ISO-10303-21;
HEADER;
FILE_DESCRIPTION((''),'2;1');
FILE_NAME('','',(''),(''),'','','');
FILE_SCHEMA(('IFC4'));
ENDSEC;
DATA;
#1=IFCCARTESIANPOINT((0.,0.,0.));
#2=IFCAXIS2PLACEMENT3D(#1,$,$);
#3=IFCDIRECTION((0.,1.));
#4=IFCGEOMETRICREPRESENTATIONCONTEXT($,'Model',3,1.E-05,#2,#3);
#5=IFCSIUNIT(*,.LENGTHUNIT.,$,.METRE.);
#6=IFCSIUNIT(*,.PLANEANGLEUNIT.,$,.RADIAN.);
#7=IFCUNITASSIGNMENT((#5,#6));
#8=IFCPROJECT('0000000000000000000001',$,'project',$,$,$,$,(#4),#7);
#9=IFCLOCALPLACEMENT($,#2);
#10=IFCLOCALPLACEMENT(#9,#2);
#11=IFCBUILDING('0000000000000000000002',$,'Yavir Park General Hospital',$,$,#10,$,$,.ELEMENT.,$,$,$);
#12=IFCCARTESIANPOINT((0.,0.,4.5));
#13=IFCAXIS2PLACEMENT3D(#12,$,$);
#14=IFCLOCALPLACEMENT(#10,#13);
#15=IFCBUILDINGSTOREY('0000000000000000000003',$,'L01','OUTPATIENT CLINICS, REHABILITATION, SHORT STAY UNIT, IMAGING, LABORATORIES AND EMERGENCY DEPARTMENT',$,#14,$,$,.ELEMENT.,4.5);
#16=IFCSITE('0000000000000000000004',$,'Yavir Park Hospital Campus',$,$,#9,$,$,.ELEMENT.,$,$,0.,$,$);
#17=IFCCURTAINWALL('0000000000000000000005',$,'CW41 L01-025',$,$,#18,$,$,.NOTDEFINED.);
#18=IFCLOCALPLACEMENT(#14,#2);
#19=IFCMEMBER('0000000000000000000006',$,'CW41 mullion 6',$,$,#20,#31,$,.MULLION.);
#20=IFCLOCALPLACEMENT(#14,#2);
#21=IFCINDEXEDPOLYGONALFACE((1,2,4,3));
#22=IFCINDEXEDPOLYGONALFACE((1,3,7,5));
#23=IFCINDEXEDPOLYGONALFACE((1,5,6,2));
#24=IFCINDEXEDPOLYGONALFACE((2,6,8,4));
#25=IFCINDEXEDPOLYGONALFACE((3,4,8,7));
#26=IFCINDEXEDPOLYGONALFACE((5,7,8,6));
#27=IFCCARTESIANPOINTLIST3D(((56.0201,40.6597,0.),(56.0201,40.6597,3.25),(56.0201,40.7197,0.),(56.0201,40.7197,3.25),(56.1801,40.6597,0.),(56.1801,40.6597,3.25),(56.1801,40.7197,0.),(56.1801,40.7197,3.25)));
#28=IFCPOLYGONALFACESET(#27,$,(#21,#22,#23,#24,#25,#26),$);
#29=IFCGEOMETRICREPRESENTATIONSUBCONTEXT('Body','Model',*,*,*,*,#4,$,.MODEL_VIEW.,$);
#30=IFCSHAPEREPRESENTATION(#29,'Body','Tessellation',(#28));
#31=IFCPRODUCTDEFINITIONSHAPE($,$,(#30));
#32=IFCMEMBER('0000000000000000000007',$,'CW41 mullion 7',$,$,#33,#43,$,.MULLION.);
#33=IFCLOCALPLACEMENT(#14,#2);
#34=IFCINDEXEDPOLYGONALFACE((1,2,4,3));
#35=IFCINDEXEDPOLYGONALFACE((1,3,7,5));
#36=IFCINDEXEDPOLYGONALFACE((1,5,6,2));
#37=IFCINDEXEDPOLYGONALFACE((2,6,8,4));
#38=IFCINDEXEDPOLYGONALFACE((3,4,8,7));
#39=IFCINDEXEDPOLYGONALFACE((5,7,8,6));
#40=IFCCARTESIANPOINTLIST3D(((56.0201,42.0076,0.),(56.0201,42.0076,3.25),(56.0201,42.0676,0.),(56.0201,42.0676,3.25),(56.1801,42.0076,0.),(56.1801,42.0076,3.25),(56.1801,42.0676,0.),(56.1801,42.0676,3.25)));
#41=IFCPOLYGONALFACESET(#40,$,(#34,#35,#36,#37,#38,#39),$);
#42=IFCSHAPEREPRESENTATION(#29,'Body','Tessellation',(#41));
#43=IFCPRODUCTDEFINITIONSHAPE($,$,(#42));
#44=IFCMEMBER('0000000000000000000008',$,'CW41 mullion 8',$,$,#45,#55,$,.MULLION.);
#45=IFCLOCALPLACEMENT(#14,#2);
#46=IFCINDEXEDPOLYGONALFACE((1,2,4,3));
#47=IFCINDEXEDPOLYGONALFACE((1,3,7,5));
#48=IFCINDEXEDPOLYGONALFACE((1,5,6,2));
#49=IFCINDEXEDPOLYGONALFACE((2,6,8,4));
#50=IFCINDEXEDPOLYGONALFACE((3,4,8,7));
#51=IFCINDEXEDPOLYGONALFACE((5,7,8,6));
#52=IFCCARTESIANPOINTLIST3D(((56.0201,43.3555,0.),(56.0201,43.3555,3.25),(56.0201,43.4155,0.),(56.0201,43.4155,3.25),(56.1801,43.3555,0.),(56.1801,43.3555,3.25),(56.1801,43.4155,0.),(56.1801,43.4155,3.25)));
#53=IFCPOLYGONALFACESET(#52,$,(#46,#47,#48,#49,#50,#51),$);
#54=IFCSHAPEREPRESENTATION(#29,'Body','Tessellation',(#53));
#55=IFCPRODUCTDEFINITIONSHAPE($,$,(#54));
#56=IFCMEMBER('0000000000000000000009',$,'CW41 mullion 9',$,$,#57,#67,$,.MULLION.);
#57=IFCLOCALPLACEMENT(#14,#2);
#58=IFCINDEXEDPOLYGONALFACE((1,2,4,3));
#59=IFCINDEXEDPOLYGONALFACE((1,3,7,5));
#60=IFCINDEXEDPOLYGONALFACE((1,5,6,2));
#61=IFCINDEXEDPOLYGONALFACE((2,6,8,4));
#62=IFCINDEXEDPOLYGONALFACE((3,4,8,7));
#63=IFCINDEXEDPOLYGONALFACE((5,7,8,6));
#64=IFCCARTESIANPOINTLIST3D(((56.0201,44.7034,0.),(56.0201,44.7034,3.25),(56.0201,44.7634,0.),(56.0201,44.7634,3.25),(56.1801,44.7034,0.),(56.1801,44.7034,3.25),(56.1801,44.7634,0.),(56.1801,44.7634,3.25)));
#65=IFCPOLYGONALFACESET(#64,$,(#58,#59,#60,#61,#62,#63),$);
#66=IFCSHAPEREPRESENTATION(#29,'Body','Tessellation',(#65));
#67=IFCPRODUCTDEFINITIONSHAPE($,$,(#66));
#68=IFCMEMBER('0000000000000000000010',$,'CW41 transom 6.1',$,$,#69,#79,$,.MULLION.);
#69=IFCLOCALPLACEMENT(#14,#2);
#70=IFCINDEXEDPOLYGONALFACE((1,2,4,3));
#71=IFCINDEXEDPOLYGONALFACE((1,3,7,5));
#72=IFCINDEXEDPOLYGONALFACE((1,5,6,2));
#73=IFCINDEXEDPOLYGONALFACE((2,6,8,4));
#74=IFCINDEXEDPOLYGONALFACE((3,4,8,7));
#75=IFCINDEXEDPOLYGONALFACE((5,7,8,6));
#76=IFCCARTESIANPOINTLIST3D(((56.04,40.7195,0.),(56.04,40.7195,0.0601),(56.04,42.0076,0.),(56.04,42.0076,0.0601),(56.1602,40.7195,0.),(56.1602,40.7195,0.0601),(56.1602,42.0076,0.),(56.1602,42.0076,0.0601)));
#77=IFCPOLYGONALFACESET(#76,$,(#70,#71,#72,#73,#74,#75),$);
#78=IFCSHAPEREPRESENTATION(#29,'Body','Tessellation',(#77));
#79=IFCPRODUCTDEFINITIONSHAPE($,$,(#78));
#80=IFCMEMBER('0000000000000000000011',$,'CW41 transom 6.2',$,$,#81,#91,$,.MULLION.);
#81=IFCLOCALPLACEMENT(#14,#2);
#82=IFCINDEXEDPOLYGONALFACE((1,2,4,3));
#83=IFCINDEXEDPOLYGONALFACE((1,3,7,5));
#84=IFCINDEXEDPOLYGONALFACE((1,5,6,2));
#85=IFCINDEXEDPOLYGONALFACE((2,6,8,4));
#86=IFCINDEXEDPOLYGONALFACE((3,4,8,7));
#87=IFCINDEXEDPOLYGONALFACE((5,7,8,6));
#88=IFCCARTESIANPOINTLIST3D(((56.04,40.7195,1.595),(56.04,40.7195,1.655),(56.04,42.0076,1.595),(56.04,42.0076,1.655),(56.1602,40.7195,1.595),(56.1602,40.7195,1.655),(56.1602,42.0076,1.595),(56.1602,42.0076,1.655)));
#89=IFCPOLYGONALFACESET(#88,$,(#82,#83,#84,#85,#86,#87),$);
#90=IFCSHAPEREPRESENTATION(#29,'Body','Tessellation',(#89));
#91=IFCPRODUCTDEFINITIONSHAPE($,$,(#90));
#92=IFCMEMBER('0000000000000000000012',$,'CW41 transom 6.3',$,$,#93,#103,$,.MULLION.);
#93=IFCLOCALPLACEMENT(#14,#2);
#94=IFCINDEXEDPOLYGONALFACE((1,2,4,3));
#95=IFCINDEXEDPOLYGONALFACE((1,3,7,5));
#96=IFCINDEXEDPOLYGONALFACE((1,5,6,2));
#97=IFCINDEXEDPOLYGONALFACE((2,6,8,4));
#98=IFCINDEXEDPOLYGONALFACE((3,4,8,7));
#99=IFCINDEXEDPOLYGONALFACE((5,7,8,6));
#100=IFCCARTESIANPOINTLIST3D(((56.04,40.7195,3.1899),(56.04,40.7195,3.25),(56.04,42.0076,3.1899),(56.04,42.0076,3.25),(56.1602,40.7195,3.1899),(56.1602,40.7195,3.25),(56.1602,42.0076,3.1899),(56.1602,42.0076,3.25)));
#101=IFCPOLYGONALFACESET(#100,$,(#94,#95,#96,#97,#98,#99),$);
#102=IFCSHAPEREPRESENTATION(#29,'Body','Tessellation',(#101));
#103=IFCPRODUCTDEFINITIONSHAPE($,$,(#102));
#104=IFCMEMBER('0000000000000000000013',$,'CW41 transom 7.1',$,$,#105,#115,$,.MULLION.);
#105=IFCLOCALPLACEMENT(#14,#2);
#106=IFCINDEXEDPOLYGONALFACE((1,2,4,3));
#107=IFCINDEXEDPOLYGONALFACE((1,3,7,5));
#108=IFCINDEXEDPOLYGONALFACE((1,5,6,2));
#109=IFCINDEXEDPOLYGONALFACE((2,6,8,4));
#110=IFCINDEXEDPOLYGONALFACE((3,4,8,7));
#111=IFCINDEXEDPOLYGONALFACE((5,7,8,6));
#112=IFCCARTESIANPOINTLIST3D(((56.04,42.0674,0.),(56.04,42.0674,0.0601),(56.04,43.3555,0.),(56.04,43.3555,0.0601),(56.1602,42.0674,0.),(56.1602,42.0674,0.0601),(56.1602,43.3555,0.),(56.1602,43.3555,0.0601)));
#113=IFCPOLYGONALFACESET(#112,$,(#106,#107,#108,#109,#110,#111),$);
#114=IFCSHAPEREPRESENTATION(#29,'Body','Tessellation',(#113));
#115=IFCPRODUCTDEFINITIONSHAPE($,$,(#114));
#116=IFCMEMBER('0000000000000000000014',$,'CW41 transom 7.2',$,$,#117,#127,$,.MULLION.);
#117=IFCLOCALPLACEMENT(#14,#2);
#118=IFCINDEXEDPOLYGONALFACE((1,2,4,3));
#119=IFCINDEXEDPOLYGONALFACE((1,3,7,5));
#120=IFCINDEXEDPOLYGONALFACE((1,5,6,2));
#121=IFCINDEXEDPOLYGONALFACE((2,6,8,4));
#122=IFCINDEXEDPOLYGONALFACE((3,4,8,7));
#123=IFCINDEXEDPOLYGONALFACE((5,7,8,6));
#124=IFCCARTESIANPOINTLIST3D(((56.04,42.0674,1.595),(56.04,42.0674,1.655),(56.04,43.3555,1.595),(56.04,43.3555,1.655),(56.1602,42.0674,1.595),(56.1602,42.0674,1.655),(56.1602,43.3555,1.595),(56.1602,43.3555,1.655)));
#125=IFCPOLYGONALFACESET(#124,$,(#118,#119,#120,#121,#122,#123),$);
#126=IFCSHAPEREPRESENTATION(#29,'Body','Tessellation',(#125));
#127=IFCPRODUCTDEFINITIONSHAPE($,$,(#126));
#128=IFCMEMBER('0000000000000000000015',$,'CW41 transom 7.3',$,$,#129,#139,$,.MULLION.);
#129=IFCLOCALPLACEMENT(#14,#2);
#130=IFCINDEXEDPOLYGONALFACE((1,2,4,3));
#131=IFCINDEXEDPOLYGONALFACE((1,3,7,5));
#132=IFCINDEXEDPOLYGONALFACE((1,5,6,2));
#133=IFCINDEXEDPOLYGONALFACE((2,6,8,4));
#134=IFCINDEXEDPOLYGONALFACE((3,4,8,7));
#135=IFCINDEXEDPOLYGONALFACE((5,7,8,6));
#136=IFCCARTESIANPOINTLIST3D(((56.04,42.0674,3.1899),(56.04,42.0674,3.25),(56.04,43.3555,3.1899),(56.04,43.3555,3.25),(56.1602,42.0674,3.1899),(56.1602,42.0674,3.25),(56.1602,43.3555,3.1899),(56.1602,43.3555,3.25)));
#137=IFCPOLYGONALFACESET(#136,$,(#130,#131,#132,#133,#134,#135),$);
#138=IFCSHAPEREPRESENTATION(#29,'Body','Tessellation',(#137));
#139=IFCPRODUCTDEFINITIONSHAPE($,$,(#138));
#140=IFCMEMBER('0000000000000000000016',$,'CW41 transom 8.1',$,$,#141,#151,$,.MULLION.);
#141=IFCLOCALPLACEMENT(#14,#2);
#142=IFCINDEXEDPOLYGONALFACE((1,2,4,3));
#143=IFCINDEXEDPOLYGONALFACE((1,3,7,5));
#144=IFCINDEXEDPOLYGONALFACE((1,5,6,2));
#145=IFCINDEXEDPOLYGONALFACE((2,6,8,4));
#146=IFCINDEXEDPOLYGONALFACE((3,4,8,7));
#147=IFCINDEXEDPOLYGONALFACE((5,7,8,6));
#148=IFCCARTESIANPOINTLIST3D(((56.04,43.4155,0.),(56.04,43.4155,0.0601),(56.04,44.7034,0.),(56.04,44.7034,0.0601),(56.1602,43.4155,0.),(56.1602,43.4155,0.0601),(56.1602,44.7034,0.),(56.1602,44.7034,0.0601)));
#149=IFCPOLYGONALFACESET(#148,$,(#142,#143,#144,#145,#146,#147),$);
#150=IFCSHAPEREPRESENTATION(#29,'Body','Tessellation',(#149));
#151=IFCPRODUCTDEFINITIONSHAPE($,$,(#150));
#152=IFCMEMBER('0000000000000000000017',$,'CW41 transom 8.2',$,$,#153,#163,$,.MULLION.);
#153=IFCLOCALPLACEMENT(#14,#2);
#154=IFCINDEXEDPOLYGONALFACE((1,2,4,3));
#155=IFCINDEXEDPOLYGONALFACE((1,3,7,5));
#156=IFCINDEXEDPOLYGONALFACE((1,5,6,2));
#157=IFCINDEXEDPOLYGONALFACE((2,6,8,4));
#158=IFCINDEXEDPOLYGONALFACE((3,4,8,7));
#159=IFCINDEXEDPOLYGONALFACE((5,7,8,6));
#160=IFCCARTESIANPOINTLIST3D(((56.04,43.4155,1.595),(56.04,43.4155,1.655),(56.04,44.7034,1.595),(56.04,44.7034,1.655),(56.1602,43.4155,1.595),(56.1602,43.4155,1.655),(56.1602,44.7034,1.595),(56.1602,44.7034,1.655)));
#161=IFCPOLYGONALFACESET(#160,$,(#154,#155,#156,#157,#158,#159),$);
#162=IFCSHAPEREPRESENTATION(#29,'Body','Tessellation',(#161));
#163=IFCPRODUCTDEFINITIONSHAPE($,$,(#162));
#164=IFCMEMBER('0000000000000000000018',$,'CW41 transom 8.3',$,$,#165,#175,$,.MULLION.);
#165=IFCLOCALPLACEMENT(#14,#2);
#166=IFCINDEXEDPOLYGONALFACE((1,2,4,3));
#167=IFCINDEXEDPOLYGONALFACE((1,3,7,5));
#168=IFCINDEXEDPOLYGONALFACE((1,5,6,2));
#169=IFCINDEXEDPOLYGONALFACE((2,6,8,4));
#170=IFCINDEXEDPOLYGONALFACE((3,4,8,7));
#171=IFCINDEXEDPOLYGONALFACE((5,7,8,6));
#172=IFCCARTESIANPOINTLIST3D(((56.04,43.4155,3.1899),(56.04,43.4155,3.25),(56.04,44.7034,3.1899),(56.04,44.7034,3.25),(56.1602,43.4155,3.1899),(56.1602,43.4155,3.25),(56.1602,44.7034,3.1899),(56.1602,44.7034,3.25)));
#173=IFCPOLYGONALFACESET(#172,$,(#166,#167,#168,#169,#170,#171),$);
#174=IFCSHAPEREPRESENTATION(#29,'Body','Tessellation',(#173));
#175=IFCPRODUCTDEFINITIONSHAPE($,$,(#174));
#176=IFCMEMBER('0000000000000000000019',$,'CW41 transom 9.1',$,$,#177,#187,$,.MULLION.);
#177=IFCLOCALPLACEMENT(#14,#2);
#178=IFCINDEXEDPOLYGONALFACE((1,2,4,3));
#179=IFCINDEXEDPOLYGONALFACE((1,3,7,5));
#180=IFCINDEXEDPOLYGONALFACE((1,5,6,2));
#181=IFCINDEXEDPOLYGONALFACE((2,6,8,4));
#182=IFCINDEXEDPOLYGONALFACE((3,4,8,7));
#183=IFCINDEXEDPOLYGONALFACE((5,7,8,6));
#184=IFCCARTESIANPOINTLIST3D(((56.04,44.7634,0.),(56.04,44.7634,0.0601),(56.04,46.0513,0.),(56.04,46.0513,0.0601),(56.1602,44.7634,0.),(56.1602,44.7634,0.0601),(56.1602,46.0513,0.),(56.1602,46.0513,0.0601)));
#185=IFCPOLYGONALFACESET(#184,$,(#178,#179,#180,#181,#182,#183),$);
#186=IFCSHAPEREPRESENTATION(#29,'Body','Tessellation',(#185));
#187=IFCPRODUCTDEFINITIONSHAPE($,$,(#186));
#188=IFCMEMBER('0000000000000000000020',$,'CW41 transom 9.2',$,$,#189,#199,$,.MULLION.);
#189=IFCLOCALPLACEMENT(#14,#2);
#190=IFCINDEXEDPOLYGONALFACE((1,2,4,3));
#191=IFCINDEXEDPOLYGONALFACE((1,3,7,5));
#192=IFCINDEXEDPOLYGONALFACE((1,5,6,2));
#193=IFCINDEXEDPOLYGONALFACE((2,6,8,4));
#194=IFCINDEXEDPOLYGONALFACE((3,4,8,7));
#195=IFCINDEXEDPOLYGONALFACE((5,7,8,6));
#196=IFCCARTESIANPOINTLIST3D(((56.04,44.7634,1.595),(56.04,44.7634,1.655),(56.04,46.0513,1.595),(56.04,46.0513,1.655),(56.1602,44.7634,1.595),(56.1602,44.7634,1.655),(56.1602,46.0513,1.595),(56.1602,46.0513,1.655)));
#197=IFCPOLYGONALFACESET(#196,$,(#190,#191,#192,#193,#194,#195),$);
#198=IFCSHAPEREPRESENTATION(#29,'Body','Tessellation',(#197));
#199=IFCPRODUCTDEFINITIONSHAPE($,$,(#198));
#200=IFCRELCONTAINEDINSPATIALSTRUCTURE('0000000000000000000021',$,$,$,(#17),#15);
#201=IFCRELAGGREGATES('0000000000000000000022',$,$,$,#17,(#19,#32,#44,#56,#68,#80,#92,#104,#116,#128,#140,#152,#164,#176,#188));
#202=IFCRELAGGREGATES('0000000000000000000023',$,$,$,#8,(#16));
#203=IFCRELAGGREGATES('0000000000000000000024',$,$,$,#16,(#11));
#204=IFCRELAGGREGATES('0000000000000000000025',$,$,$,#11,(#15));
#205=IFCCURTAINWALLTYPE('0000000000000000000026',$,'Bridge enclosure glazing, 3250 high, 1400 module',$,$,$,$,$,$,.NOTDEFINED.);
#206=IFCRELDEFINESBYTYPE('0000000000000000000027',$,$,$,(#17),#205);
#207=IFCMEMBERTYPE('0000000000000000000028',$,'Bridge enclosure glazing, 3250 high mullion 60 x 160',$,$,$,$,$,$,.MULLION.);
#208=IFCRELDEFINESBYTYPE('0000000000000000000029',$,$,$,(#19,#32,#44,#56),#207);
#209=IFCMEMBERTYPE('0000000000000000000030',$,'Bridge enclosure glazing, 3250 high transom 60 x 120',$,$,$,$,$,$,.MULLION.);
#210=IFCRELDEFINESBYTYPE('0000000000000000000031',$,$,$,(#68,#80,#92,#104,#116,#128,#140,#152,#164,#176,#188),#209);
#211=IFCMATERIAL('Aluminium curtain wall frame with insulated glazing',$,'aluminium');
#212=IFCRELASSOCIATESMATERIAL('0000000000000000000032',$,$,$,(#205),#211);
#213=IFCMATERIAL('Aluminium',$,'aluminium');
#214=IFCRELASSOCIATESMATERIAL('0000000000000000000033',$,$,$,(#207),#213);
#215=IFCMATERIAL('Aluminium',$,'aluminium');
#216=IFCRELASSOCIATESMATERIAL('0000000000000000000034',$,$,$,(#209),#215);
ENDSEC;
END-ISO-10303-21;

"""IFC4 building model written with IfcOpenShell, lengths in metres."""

from ifc_helpers import new_model, si_unit, direction, frame, origin, origin_2d, place, context, subcontext, project, spatial, rectangle, extrude, material, material_profile, profile_set, type_object, element, aggregate, save


model = new_model("IFC4")

# Units and contexts
model_context = context("Model", 3, precision=1e-05, world=origin(), true_north=direction((0.0, 1.0)))
body_context = subcontext(model_context, "Body", "Model", "MODEL_VIEW")
ifc_project = project(units=[si_unit("LENGTHUNIT", "METRE"), si_unit("PLANEANGLEUNIT", "RADIAN")], contexts=[model_context])

# Site, building, storey
site_placement = place(None, origin())
site = spatial("IfcSite", under=ifc_project, at=site_placement, Name="Yavir Park Hospital Campus", CompositionType="ELEMENT", RefElevation=0.0)
building_placement = place(site_placement, origin())
building = spatial("IfcBuilding", under=site, at=building_placement, Name="Yavir Park General Hospital", CompositionType="ELEMENT")
storey_placement = place(building_placement, frame((0.0, 0.0, 4.5)))
storey = spatial("IfcBuildingStorey", under=building, at=storey_placement, Name="L01", Description="OUTPATIENT CLINICS, REHABILITATION, SHORT STAY UNIT, IMAGING, LABORATORIES AND EMERGENCY DEPARTMENT", CompositionType="ELEMENT", Elevation=4.5)

# Curtain wall, members
ifc_material_1 = material(Name="Aluminium curtain wall frame with insulated glazing", Category="aluminium")
curtain_wall_type = type_object("IfcCurtainWallType", Name="Bridge enclosure glazing, 3250 high, 1400 module", PredefinedType="NOTDEFINED", material=ifc_material_1)
curtain_wall_placement = place(storey_placement, origin())
curtain_wall = element("IfcCurtainWall", 1, at=curtain_wall_placement, inside=storey, type_object=curtain_wall_type, Name="CW41 L01-025", PredefinedType="NOTDEFINED")
ifc_material_2 = material(Name="Aluminium", Category="aluminium")
ifc_material_profile_1 = material_profile(ifc_material_2, rectangle(XDim=0.1599, YDim=0.0601, at=origin_2d()), Name="AL 60x160")
ifc_profile_set_1 = profile_set([ifc_material_profile_1], Name="Aluminium")
member_type_1 = type_object("IfcMemberType", Name="Bridge enclosure glazing, 3250 high mullion 60 x 160", PredefinedType="MULLION", material=ifc_profile_set_1)
member_1_placement = place(storey_placement, frame((56.1001, 40.6897, 0.0), z_axis=(0.0, 0.0, 1.0), x_axis=(-1.0, 0.0, 0.0)))
member_1 = element("IfcMember", 2, at=member_1_placement, type_object=member_type_1, Name="CW41 mullion 6", PredefinedType="MULLION", context=body_context, shape_type="SweptSolid", body=[
    extrude(rectangle(XDim=0.1599, YDim=0.0601, at=origin_2d()), origin(), (0.0, 0.0, 1.0), 3.25),
])
member_2_placement = place(storey_placement, frame((56.1001, 42.0376, 0.0), z_axis=(0.0, 0.0, 1.0), x_axis=(-1.0, 0.0, 0.0)))
member_2 = element("IfcMember", 3, at=member_2_placement, type_object=member_type_1, Name="CW41 mullion 7", PredefinedType="MULLION", context=body_context, shape_type="SweptSolid", body=[
    extrude(rectangle(XDim=0.1599, YDim=0.0601, at=origin_2d()), origin(), (0.0, 0.0, 1.0), 3.25),
])
member_3_placement = place(storey_placement, frame((56.1001, 43.3855, 0.0), z_axis=(0.0, 0.0, 1.0), x_axis=(-1.0, 0.0, 0.0)))
member_3 = element("IfcMember", 4, at=member_3_placement, type_object=member_type_1, Name="CW41 mullion 8", PredefinedType="MULLION", context=body_context, shape_type="SweptSolid", body=[
    extrude(rectangle(XDim=0.1599, YDim=0.0601, at=origin_2d()), origin(), (0.0, 0.0, 1.0), 3.25),
])
member_4_placement = place(storey_placement, frame((56.1001, 44.7334, 0.0), z_axis=(0.0, 0.0, 1.0), x_axis=(-1.0, 0.0, 0.0)))
member_4 = element("IfcMember", 5, at=member_4_placement, type_object=member_type_1, Name="CW41 mullion 9", PredefinedType="MULLION", context=body_context, shape_type="SweptSolid", body=[
    extrude(rectangle(XDim=0.1599, YDim=0.0601, at=origin_2d()), origin(), (0.0, 0.0, 1.0), 3.25),
])
ifc_material_3 = material(Name="Aluminium", Category="aluminium")
ifc_material_profile_2 = material_profile(ifc_material_3, rectangle(XDim=0.1201, YDim=0.0601, at=origin_2d()), Name="AL 120x60")
ifc_profile_set_2 = profile_set([ifc_material_profile_2], Name="Aluminium")
member_type_2 = type_object("IfcMemberType", Name="Bridge enclosure glazing, 3250 high transom 60 x 120", PredefinedType="MULLION", material=ifc_profile_set_2)
member_5_placement = place(storey_placement, frame((56.1001, 40.7195, 0.03), z_axis=(0.0, 1.0, 0.0), x_axis=(-1.0, 0.0, 0.0)))
member_5 = element("IfcMember", 6, at=member_5_placement, type_object=member_type_2, Name="CW41 transom 6.1", PredefinedType="MULLION", context=body_context, shape_type="SweptSolid", body=[
    extrude(rectangle(XDim=0.1201, YDim=0.0601, at=origin_2d()), origin(), (0.0, 0.0, 1.0), 1.2881),
])
member_6_placement = place(storey_placement, frame((56.1001, 40.7195, 1.625), z_axis=(0.0, 1.0, 0.0), x_axis=(-1.0, 0.0, 0.0)))
member_6 = element("IfcMember", 7, at=member_6_placement, type_object=member_type_2, Name="CW41 transom 6.2", PredefinedType="MULLION", context=body_context, shape_type="SweptSolid", body=[
    extrude(rectangle(XDim=0.1201, YDim=0.0601, at=origin_2d()), origin(), (0.0, 0.0, 1.0), 1.2881),
])
member_7_placement = place(storey_placement, frame((56.1001, 40.7195, 3.22), z_axis=(0.0, 1.0, 0.0), x_axis=(-1.0, 0.0, 0.0)))
member_7 = element("IfcMember", 8, at=member_7_placement, type_object=member_type_2, Name="CW41 transom 6.3", PredefinedType="MULLION", context=body_context, shape_type="SweptSolid", body=[
    extrude(rectangle(XDim=0.1201, YDim=0.0601, at=origin_2d()), origin(), (0.0, 0.0, 1.0), 1.2881),
])
member_8_placement = place(storey_placement, frame((56.1001, 42.0674, 0.03), z_axis=(0.0, 1.0, 0.0), x_axis=(-1.0, 0.0, 0.0)))
member_8 = element("IfcMember", 9, at=member_8_placement, type_object=member_type_2, Name="CW41 transom 7.1", PredefinedType="MULLION", context=body_context, shape_type="SweptSolid", body=[
    extrude(rectangle(XDim=0.1201, YDim=0.0601, at=origin_2d()), origin(), (0.0, 0.0, 1.0), 1.2881),
])
member_9_placement = place(storey_placement, frame((56.1001, 42.0674, 1.625), z_axis=(0.0, 1.0, 0.0), x_axis=(-1.0, 0.0, 0.0)))
member_9 = element("IfcMember", 10, at=member_9_placement, type_object=member_type_2, Name="CW41 transom 7.2", PredefinedType="MULLION", context=body_context, shape_type="SweptSolid", body=[
    extrude(rectangle(XDim=0.1201, YDim=0.0601, at=origin_2d()), origin(), (0.0, 0.0, 1.0), 1.2881),
])
member_10_placement = place(storey_placement, frame((56.1001, 42.0674, 3.22), z_axis=(0.0, 1.0, 0.0), x_axis=(-1.0, 0.0, 0.0)))
member_10 = element("IfcMember", 11, at=member_10_placement, type_object=member_type_2, Name="CW41 transom 7.3", PredefinedType="MULLION", context=body_context, shape_type="SweptSolid", body=[
    extrude(rectangle(XDim=0.1201, YDim=0.0601, at=origin_2d()), origin(), (0.0, 0.0, 1.0), 1.2881),
])
member_11_placement = place(storey_placement, frame((56.1001, 43.4155, 0.03), z_axis=(0.0, 1.0, 0.0), x_axis=(-1.0, 0.0, 0.0)))
member_11 = element("IfcMember", 12, at=member_11_placement, type_object=member_type_2, Name="CW41 transom 8.1", PredefinedType="MULLION", context=body_context, shape_type="SweptSolid", body=[
    extrude(rectangle(XDim=0.1201, YDim=0.0601, at=origin_2d()), origin(), (0.0, 0.0, 1.0), 1.2878),
])
member_12_placement = place(storey_placement, frame((56.1001, 43.4155, 1.625), z_axis=(0.0, 1.0, 0.0), x_axis=(-1.0, 0.0, 0.0)))
member_12 = element("IfcMember", 13, at=member_12_placement, type_object=member_type_2, Name="CW41 transom 8.2", PredefinedType="MULLION", context=body_context, shape_type="SweptSolid", body=[
    extrude(rectangle(XDim=0.1201, YDim=0.0601, at=origin_2d()), origin(), (0.0, 0.0, 1.0), 1.2878),
])
member_13_placement = place(storey_placement, frame((56.1001, 43.4155, 3.22), z_axis=(0.0, 1.0, 0.0), x_axis=(-1.0, 0.0, 0.0)))
member_13 = element("IfcMember", 14, at=member_13_placement, type_object=member_type_2, Name="CW41 transom 8.3", PredefinedType="MULLION", context=body_context, shape_type="SweptSolid", body=[
    extrude(rectangle(XDim=0.1201, YDim=0.0601, at=origin_2d()), origin(), (0.0, 0.0, 1.0), 1.2878),
])
member_14_placement = place(storey_placement, frame((56.1001, 44.7634, 0.03), z_axis=(0.0, 1.0, 0.0), x_axis=(-1.0, 0.0, 0.0)))
member_14 = element("IfcMember", 15, at=member_14_placement, type_object=member_type_2, Name="CW41 transom 9.1", PredefinedType="MULLION", context=body_context, shape_type="SweptSolid", body=[
    extrude(rectangle(XDim=0.1201, YDim=0.0601, at=origin_2d()), origin(), (0.0, 0.0, 1.0), 1.2878),
])
member_15_placement = place(storey_placement, frame((56.1001, 44.7634, 1.625), z_axis=(0.0, 1.0, 0.0), x_axis=(-1.0, 0.0, 0.0)))
member_15 = element("IfcMember", 16, at=member_15_placement, type_object=member_type_2, Name="CW41 transom 9.2", PredefinedType="MULLION", context=body_context, shape_type="SweptSolid", body=[
    extrude(rectangle(XDim=0.1201, YDim=0.0601, at=origin_2d()), origin(), (0.0, 0.0, 1.0), 1.2878),
])

aggregate(curtain_wall, [member_1, member_2, member_3, member_4, member_5, member_6, member_7, member_8, member_9, member_10, member_11, member_12, member_13, member_14, member_15])

save(model, "model.ifc")
